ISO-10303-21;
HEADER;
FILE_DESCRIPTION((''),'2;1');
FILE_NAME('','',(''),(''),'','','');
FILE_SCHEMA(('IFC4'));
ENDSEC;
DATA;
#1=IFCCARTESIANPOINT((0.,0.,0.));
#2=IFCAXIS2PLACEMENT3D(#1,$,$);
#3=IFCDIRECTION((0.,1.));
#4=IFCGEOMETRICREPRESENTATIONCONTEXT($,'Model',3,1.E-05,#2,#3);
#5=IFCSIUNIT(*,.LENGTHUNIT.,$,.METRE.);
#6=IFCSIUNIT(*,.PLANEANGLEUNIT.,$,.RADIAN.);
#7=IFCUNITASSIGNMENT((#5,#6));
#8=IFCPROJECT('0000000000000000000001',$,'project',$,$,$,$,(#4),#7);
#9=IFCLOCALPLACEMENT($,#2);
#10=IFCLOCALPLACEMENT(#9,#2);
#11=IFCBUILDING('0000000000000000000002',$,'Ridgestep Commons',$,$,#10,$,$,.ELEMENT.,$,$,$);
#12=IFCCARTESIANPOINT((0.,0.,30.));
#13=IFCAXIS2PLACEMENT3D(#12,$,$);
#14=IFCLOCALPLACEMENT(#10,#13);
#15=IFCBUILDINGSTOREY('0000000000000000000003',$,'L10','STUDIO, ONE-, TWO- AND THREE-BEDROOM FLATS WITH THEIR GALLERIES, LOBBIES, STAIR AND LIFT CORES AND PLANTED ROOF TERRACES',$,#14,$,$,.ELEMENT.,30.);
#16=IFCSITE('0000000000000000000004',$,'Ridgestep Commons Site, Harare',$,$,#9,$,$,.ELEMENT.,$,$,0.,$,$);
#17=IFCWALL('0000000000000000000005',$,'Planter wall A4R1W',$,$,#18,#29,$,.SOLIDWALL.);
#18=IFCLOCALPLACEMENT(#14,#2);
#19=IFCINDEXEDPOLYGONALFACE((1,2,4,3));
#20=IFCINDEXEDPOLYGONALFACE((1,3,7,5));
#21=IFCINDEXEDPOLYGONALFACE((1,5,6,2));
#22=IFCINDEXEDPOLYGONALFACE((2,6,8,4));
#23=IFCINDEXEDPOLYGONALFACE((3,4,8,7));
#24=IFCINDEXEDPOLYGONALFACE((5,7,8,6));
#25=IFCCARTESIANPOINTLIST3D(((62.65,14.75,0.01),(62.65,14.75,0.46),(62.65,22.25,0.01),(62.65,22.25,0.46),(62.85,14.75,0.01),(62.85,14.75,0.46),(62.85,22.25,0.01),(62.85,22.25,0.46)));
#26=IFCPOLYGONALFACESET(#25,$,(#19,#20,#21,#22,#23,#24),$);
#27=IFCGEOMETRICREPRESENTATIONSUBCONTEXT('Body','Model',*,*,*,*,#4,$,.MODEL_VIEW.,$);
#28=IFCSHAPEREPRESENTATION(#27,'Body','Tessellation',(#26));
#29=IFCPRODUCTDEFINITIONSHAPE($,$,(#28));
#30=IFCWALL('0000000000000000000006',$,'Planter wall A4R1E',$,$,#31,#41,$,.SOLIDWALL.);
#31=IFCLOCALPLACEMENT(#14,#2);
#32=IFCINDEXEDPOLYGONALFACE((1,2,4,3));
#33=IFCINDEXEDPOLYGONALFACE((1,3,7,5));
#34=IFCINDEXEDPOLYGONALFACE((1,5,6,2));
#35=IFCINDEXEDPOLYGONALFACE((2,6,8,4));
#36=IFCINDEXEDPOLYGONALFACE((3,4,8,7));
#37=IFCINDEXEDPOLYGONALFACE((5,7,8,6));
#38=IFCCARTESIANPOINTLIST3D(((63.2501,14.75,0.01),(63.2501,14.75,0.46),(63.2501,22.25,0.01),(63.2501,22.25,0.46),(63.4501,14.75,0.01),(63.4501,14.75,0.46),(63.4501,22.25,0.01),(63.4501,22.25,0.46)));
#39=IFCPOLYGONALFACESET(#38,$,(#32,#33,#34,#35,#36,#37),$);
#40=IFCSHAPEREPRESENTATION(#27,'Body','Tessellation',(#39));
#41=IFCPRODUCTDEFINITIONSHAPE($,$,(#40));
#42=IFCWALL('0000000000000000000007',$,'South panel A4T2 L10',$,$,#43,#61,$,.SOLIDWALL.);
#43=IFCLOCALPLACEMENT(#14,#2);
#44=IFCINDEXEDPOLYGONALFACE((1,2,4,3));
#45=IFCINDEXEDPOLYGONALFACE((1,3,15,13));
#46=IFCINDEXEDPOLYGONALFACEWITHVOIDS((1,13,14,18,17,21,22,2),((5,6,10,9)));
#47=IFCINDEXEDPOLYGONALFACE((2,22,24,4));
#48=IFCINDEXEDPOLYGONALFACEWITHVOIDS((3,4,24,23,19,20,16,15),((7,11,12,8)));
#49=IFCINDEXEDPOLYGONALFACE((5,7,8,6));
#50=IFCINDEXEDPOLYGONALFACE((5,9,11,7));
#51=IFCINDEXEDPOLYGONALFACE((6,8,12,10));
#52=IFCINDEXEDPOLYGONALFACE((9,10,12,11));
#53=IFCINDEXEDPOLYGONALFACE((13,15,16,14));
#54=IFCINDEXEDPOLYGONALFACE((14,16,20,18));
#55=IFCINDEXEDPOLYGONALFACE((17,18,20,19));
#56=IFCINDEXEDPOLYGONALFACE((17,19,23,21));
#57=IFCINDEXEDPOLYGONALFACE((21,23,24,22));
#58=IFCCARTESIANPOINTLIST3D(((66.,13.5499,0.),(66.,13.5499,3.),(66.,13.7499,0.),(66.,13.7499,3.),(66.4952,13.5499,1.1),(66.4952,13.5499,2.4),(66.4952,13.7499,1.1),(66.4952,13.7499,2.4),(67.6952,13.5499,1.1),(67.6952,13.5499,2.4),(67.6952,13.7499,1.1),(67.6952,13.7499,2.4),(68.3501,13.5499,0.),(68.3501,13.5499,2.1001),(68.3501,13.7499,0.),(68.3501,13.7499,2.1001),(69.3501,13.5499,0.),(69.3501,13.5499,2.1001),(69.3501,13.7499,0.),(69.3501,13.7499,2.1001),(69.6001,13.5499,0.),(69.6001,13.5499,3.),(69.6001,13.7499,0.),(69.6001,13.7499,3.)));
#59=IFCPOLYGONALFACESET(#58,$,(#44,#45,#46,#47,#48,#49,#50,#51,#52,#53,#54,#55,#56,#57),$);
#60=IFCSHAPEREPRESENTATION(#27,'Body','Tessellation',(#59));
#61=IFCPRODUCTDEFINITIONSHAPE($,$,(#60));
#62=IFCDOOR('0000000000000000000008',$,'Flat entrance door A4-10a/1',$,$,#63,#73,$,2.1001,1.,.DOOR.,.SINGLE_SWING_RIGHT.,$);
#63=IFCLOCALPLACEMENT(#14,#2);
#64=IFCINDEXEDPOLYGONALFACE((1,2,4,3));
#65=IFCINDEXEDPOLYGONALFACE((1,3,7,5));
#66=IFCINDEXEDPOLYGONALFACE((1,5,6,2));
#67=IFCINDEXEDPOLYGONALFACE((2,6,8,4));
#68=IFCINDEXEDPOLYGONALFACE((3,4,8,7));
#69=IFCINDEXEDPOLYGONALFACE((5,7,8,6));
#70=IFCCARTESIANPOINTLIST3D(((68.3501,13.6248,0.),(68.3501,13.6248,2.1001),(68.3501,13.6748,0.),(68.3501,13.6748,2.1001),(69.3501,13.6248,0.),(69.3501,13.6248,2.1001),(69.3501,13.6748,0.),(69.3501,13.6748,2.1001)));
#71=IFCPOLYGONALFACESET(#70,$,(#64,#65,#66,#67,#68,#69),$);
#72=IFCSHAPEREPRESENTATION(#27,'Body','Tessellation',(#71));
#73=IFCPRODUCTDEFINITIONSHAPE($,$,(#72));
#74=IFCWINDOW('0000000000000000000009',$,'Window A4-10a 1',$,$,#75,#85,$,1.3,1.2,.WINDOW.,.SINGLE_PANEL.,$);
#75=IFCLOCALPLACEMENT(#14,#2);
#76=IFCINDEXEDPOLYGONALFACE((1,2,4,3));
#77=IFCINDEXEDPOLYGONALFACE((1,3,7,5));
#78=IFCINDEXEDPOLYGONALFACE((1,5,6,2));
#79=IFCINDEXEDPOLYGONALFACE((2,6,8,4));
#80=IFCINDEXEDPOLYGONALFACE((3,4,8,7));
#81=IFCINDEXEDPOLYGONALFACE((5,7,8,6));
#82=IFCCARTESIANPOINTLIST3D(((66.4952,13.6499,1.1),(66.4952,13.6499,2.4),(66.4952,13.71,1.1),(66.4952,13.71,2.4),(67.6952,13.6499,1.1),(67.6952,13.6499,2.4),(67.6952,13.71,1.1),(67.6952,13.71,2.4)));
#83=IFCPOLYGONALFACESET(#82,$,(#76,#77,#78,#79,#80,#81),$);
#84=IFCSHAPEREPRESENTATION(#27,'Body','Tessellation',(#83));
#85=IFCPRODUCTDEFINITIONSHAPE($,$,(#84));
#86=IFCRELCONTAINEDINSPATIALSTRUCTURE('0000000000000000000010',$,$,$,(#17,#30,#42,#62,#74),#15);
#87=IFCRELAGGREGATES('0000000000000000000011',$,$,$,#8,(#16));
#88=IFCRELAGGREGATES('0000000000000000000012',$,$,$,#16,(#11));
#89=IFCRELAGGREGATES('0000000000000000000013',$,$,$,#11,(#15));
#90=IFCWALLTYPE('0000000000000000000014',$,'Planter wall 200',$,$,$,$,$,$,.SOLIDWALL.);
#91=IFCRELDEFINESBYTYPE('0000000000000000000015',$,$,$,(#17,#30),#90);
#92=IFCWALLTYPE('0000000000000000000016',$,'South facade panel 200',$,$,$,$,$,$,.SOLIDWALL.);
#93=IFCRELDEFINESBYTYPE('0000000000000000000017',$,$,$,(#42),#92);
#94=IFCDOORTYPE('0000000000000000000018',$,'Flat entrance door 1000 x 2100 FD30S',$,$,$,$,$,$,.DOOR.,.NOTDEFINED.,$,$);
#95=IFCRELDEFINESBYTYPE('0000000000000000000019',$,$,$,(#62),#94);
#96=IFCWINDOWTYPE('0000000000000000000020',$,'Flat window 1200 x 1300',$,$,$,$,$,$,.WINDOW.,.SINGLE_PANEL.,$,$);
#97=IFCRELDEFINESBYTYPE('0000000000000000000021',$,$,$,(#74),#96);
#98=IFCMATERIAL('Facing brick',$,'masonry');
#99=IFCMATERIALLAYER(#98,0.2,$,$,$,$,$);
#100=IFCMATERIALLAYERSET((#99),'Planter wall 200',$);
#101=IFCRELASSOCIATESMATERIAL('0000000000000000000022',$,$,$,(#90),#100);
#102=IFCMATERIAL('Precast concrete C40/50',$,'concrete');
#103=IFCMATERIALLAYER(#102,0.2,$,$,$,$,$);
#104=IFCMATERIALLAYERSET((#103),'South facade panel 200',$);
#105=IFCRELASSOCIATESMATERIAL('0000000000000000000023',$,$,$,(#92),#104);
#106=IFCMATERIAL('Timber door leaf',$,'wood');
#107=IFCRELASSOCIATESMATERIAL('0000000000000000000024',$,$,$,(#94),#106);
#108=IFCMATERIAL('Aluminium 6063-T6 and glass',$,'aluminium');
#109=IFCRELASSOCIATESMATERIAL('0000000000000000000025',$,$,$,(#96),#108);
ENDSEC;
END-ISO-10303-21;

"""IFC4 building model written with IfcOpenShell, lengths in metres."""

from ifc_helpers import new_model, si_unit, direction, frame, frame_2d, origin, place, context, subcontext, project, spatial, rectangle, extrude, material, layer, layer_set, type_object, element, fill, save


model = new_model("IFC4")

# Units and contexts
model_context = context("Model", 3, precision=1e-05, world=origin(), true_north=direction((0.0, 1.0)))
body_context = subcontext(model_context, "Body", "Model", "MODEL_VIEW")
ifc_project = project(units=[si_unit("LENGTHUNIT", "METRE"), si_unit("PLANEANGLEUNIT", "RADIAN")], contexts=[model_context])

# Site, building, storey
site_placement = place(None, origin())
site = spatial("IfcSite", under=ifc_project, at=site_placement, Name="Ridgestep Commons Site, Harare", CompositionType="ELEMENT", RefElevation=0.0)
building_placement = place(site_placement, origin())
building = spatial("IfcBuilding", under=site, at=building_placement, Name="Ridgestep Commons", CompositionType="ELEMENT")
storey_placement = place(building_placement, frame((0.0, 0.0, 30.0)))
storey = spatial("IfcBuildingStorey", under=building, at=storey_placement, Name="L10", Description="STUDIO, ONE-, TWO- AND THREE-BEDROOM FLATS WITH THEIR GALLERIES, LOBBIES, STAIR AND LIFT CORES AND PLANTED ROOF TERRACES", CompositionType="ELEMENT", Elevation=30.0)

# Walls
ifc_material_1 = material(Name="Facing brick", Category="masonry")
ifc_layer_1 = layer(ifc_material_1, 0.2)
ifc_layer_set_1 = layer_set([ifc_layer_1], Name="Planter wall 200")
wall_type_1 = type_object("IfcWallType", Name="Planter wall 200", PredefinedType="SOLIDWALL", material=ifc_layer_set_1)
for number, where, z_axis, x_axis, name in (
    (1, (62.75, 14.75, 0.01), (0.0, 0.0, 1.0), (0.0, 1.0, 0.0), "Planter wall A4R1W"),
    (2, (63.3501, 14.75, 0.01), (0.0, 0.0, 1.0), (0.0, 1.0, 0.0), "Planter wall A4R1E"),
):
    element("IfcWall", number, at=place(storey_placement, frame(where, z_axis=z_axis, x_axis=x_axis)), inside=storey, type_object=wall_type_1, Name=name, PredefinedType="SOLIDWALL", context=body_context, shape_type="SweptSolid", body=[
        extrude(rectangle(XDim=7.5, YDim=0.2, at=frame_2d((3.75, 0.0))), origin(), (0.0, 0.0, 1.0), 0.45),
    ])

# Wall, openings, door, window
ifc_material_2 = material(Name="Precast concrete C40/50", Category="concrete")
ifc_layer_2 = layer(ifc_material_2, 0.2)
ifc_layer_set_2 = layer_set([ifc_layer_2], Name="South facade panel 200")
wall_type_2 = type_object("IfcWallType", Name="South facade panel 200", PredefinedType="SOLIDWALL", material=ifc_layer_set_2)
wall_1_placement = place(storey_placement, frame((66.0, 13.6499, 0.0), z_axis=(0.0, 0.0, 1.0), x_axis=(1.0, 0.0, 0.0)))
wall_1 = element("IfcWall", 3, at=wall_1_placement, inside=storey, type_object=wall_type_2, Name="South panel A4T2 L10", PredefinedType="SOLIDWALL", context=body_context, shape_type="SweptSolid", body=[
    extrude(rectangle(XDim=3.6001, YDim=0.2, at=frame_2d((1.8, 0.0))), origin(), (0.0, 0.0, 1.0), 3.0),
])
opening_1_placement = place(wall_1_placement, frame((0.4951, 0.0, 1.1001)))
opening_1 = element("IfcOpeningElement", 4, at=opening_1_placement, cuts=wall_1, PredefinedType="OPENING", context=body_context, shape_type="SweptSolid", body=[
    extrude(rectangle(XDim=1.2, YDim=1.3, at=frame_2d((0.6001, 0.6499))), frame((0.0, 0.1099, 0.0), z_axis=(0.0, -1.0, 0.0), x_axis=(1.0, 0.0, 0.0)), (0.0, 0.0, 1.0), 0.22),
])
opening_2_placement = place(wall_1_placement, frame((2.3501, 0.0, 0.0)))
opening_2 = element("IfcOpeningElement", 5, at=opening_2_placement, cuts=wall_1, PredefinedType="OPENING", context=body_context, shape_type="SweptSolid", body=[
    extrude(rectangle(XDim=1.0, YDim=2.1001, at=frame_2d((0.5, 1.05))), frame((0.0, 0.1099, 0.0), z_axis=(0.0, -1.0, 0.0), x_axis=(1.0, 0.0, 0.0)), (0.0, 0.0, 1.0), 0.22),
])
ifc_material_3 = material(Name="Timber door leaf", Category="wood")
door_type_1 = type_object("IfcDoorType", Name="Flat entrance door 1000 x 2100 FD30S", OperationType="NOTDEFINED", PredefinedType="DOOR", material=ifc_material_3)
door_1_placement = place(opening_2_placement, origin())
door_1 = element("IfcDoor", 6, at=door_1_placement, inside=storey, type_object=door_type_1, Name="Flat entrance door A4-10a/1", OperationType="SINGLE_SWING_RIGHT", OverallHeight=2.1001, OverallWidth=1.0, PredefinedType="DOOR", context=body_context, shape_type="SweptSolid", body=[
    extrude(rectangle(XDim=1.0, YDim=2.1001, at=frame_2d((0.5, 1.05))), frame((0.0, 0.0249, 0.0), z_axis=(0.0, -1.0, 0.0), x_axis=(1.0, 0.0, 0.0)), (0.0, 0.0, 1.0), 0.05),
])
fill(opening_2, door_1)
ifc_material_4 = material(Name="Aluminium 6063-T6 and glass", Category="aluminium")
window_type_1 = type_object("IfcWindowType", Name="Flat window 1200 x 1300", PartitioningType="SINGLE_PANEL", PredefinedType="WINDOW", material=ifc_material_4)
window_1_placement = place(opening_1_placement, origin())
window_1 = element("IfcWindow", 7, at=window_1_placement, inside=storey, type_object=window_type_1, Name="Window A4-10a 1", OverallHeight=1.3, OverallWidth=1.2, PartitioningType="SINGLE_PANEL", PredefinedType="WINDOW", context=body_context, shape_type="SweptSolid", body=[
    extrude(rectangle(XDim=1.2, YDim=1.3, at=frame_2d((0.6001, 0.6499))), frame((0.0, 0.0601, 0.0), z_axis=(0.0, -1.0, 0.0), x_axis=(1.0, 0.0, 0.0)), (0.0, 0.0, 1.0), 0.0601),
])
fill(opening_1, window_1)

save(model, "model.ifc")
